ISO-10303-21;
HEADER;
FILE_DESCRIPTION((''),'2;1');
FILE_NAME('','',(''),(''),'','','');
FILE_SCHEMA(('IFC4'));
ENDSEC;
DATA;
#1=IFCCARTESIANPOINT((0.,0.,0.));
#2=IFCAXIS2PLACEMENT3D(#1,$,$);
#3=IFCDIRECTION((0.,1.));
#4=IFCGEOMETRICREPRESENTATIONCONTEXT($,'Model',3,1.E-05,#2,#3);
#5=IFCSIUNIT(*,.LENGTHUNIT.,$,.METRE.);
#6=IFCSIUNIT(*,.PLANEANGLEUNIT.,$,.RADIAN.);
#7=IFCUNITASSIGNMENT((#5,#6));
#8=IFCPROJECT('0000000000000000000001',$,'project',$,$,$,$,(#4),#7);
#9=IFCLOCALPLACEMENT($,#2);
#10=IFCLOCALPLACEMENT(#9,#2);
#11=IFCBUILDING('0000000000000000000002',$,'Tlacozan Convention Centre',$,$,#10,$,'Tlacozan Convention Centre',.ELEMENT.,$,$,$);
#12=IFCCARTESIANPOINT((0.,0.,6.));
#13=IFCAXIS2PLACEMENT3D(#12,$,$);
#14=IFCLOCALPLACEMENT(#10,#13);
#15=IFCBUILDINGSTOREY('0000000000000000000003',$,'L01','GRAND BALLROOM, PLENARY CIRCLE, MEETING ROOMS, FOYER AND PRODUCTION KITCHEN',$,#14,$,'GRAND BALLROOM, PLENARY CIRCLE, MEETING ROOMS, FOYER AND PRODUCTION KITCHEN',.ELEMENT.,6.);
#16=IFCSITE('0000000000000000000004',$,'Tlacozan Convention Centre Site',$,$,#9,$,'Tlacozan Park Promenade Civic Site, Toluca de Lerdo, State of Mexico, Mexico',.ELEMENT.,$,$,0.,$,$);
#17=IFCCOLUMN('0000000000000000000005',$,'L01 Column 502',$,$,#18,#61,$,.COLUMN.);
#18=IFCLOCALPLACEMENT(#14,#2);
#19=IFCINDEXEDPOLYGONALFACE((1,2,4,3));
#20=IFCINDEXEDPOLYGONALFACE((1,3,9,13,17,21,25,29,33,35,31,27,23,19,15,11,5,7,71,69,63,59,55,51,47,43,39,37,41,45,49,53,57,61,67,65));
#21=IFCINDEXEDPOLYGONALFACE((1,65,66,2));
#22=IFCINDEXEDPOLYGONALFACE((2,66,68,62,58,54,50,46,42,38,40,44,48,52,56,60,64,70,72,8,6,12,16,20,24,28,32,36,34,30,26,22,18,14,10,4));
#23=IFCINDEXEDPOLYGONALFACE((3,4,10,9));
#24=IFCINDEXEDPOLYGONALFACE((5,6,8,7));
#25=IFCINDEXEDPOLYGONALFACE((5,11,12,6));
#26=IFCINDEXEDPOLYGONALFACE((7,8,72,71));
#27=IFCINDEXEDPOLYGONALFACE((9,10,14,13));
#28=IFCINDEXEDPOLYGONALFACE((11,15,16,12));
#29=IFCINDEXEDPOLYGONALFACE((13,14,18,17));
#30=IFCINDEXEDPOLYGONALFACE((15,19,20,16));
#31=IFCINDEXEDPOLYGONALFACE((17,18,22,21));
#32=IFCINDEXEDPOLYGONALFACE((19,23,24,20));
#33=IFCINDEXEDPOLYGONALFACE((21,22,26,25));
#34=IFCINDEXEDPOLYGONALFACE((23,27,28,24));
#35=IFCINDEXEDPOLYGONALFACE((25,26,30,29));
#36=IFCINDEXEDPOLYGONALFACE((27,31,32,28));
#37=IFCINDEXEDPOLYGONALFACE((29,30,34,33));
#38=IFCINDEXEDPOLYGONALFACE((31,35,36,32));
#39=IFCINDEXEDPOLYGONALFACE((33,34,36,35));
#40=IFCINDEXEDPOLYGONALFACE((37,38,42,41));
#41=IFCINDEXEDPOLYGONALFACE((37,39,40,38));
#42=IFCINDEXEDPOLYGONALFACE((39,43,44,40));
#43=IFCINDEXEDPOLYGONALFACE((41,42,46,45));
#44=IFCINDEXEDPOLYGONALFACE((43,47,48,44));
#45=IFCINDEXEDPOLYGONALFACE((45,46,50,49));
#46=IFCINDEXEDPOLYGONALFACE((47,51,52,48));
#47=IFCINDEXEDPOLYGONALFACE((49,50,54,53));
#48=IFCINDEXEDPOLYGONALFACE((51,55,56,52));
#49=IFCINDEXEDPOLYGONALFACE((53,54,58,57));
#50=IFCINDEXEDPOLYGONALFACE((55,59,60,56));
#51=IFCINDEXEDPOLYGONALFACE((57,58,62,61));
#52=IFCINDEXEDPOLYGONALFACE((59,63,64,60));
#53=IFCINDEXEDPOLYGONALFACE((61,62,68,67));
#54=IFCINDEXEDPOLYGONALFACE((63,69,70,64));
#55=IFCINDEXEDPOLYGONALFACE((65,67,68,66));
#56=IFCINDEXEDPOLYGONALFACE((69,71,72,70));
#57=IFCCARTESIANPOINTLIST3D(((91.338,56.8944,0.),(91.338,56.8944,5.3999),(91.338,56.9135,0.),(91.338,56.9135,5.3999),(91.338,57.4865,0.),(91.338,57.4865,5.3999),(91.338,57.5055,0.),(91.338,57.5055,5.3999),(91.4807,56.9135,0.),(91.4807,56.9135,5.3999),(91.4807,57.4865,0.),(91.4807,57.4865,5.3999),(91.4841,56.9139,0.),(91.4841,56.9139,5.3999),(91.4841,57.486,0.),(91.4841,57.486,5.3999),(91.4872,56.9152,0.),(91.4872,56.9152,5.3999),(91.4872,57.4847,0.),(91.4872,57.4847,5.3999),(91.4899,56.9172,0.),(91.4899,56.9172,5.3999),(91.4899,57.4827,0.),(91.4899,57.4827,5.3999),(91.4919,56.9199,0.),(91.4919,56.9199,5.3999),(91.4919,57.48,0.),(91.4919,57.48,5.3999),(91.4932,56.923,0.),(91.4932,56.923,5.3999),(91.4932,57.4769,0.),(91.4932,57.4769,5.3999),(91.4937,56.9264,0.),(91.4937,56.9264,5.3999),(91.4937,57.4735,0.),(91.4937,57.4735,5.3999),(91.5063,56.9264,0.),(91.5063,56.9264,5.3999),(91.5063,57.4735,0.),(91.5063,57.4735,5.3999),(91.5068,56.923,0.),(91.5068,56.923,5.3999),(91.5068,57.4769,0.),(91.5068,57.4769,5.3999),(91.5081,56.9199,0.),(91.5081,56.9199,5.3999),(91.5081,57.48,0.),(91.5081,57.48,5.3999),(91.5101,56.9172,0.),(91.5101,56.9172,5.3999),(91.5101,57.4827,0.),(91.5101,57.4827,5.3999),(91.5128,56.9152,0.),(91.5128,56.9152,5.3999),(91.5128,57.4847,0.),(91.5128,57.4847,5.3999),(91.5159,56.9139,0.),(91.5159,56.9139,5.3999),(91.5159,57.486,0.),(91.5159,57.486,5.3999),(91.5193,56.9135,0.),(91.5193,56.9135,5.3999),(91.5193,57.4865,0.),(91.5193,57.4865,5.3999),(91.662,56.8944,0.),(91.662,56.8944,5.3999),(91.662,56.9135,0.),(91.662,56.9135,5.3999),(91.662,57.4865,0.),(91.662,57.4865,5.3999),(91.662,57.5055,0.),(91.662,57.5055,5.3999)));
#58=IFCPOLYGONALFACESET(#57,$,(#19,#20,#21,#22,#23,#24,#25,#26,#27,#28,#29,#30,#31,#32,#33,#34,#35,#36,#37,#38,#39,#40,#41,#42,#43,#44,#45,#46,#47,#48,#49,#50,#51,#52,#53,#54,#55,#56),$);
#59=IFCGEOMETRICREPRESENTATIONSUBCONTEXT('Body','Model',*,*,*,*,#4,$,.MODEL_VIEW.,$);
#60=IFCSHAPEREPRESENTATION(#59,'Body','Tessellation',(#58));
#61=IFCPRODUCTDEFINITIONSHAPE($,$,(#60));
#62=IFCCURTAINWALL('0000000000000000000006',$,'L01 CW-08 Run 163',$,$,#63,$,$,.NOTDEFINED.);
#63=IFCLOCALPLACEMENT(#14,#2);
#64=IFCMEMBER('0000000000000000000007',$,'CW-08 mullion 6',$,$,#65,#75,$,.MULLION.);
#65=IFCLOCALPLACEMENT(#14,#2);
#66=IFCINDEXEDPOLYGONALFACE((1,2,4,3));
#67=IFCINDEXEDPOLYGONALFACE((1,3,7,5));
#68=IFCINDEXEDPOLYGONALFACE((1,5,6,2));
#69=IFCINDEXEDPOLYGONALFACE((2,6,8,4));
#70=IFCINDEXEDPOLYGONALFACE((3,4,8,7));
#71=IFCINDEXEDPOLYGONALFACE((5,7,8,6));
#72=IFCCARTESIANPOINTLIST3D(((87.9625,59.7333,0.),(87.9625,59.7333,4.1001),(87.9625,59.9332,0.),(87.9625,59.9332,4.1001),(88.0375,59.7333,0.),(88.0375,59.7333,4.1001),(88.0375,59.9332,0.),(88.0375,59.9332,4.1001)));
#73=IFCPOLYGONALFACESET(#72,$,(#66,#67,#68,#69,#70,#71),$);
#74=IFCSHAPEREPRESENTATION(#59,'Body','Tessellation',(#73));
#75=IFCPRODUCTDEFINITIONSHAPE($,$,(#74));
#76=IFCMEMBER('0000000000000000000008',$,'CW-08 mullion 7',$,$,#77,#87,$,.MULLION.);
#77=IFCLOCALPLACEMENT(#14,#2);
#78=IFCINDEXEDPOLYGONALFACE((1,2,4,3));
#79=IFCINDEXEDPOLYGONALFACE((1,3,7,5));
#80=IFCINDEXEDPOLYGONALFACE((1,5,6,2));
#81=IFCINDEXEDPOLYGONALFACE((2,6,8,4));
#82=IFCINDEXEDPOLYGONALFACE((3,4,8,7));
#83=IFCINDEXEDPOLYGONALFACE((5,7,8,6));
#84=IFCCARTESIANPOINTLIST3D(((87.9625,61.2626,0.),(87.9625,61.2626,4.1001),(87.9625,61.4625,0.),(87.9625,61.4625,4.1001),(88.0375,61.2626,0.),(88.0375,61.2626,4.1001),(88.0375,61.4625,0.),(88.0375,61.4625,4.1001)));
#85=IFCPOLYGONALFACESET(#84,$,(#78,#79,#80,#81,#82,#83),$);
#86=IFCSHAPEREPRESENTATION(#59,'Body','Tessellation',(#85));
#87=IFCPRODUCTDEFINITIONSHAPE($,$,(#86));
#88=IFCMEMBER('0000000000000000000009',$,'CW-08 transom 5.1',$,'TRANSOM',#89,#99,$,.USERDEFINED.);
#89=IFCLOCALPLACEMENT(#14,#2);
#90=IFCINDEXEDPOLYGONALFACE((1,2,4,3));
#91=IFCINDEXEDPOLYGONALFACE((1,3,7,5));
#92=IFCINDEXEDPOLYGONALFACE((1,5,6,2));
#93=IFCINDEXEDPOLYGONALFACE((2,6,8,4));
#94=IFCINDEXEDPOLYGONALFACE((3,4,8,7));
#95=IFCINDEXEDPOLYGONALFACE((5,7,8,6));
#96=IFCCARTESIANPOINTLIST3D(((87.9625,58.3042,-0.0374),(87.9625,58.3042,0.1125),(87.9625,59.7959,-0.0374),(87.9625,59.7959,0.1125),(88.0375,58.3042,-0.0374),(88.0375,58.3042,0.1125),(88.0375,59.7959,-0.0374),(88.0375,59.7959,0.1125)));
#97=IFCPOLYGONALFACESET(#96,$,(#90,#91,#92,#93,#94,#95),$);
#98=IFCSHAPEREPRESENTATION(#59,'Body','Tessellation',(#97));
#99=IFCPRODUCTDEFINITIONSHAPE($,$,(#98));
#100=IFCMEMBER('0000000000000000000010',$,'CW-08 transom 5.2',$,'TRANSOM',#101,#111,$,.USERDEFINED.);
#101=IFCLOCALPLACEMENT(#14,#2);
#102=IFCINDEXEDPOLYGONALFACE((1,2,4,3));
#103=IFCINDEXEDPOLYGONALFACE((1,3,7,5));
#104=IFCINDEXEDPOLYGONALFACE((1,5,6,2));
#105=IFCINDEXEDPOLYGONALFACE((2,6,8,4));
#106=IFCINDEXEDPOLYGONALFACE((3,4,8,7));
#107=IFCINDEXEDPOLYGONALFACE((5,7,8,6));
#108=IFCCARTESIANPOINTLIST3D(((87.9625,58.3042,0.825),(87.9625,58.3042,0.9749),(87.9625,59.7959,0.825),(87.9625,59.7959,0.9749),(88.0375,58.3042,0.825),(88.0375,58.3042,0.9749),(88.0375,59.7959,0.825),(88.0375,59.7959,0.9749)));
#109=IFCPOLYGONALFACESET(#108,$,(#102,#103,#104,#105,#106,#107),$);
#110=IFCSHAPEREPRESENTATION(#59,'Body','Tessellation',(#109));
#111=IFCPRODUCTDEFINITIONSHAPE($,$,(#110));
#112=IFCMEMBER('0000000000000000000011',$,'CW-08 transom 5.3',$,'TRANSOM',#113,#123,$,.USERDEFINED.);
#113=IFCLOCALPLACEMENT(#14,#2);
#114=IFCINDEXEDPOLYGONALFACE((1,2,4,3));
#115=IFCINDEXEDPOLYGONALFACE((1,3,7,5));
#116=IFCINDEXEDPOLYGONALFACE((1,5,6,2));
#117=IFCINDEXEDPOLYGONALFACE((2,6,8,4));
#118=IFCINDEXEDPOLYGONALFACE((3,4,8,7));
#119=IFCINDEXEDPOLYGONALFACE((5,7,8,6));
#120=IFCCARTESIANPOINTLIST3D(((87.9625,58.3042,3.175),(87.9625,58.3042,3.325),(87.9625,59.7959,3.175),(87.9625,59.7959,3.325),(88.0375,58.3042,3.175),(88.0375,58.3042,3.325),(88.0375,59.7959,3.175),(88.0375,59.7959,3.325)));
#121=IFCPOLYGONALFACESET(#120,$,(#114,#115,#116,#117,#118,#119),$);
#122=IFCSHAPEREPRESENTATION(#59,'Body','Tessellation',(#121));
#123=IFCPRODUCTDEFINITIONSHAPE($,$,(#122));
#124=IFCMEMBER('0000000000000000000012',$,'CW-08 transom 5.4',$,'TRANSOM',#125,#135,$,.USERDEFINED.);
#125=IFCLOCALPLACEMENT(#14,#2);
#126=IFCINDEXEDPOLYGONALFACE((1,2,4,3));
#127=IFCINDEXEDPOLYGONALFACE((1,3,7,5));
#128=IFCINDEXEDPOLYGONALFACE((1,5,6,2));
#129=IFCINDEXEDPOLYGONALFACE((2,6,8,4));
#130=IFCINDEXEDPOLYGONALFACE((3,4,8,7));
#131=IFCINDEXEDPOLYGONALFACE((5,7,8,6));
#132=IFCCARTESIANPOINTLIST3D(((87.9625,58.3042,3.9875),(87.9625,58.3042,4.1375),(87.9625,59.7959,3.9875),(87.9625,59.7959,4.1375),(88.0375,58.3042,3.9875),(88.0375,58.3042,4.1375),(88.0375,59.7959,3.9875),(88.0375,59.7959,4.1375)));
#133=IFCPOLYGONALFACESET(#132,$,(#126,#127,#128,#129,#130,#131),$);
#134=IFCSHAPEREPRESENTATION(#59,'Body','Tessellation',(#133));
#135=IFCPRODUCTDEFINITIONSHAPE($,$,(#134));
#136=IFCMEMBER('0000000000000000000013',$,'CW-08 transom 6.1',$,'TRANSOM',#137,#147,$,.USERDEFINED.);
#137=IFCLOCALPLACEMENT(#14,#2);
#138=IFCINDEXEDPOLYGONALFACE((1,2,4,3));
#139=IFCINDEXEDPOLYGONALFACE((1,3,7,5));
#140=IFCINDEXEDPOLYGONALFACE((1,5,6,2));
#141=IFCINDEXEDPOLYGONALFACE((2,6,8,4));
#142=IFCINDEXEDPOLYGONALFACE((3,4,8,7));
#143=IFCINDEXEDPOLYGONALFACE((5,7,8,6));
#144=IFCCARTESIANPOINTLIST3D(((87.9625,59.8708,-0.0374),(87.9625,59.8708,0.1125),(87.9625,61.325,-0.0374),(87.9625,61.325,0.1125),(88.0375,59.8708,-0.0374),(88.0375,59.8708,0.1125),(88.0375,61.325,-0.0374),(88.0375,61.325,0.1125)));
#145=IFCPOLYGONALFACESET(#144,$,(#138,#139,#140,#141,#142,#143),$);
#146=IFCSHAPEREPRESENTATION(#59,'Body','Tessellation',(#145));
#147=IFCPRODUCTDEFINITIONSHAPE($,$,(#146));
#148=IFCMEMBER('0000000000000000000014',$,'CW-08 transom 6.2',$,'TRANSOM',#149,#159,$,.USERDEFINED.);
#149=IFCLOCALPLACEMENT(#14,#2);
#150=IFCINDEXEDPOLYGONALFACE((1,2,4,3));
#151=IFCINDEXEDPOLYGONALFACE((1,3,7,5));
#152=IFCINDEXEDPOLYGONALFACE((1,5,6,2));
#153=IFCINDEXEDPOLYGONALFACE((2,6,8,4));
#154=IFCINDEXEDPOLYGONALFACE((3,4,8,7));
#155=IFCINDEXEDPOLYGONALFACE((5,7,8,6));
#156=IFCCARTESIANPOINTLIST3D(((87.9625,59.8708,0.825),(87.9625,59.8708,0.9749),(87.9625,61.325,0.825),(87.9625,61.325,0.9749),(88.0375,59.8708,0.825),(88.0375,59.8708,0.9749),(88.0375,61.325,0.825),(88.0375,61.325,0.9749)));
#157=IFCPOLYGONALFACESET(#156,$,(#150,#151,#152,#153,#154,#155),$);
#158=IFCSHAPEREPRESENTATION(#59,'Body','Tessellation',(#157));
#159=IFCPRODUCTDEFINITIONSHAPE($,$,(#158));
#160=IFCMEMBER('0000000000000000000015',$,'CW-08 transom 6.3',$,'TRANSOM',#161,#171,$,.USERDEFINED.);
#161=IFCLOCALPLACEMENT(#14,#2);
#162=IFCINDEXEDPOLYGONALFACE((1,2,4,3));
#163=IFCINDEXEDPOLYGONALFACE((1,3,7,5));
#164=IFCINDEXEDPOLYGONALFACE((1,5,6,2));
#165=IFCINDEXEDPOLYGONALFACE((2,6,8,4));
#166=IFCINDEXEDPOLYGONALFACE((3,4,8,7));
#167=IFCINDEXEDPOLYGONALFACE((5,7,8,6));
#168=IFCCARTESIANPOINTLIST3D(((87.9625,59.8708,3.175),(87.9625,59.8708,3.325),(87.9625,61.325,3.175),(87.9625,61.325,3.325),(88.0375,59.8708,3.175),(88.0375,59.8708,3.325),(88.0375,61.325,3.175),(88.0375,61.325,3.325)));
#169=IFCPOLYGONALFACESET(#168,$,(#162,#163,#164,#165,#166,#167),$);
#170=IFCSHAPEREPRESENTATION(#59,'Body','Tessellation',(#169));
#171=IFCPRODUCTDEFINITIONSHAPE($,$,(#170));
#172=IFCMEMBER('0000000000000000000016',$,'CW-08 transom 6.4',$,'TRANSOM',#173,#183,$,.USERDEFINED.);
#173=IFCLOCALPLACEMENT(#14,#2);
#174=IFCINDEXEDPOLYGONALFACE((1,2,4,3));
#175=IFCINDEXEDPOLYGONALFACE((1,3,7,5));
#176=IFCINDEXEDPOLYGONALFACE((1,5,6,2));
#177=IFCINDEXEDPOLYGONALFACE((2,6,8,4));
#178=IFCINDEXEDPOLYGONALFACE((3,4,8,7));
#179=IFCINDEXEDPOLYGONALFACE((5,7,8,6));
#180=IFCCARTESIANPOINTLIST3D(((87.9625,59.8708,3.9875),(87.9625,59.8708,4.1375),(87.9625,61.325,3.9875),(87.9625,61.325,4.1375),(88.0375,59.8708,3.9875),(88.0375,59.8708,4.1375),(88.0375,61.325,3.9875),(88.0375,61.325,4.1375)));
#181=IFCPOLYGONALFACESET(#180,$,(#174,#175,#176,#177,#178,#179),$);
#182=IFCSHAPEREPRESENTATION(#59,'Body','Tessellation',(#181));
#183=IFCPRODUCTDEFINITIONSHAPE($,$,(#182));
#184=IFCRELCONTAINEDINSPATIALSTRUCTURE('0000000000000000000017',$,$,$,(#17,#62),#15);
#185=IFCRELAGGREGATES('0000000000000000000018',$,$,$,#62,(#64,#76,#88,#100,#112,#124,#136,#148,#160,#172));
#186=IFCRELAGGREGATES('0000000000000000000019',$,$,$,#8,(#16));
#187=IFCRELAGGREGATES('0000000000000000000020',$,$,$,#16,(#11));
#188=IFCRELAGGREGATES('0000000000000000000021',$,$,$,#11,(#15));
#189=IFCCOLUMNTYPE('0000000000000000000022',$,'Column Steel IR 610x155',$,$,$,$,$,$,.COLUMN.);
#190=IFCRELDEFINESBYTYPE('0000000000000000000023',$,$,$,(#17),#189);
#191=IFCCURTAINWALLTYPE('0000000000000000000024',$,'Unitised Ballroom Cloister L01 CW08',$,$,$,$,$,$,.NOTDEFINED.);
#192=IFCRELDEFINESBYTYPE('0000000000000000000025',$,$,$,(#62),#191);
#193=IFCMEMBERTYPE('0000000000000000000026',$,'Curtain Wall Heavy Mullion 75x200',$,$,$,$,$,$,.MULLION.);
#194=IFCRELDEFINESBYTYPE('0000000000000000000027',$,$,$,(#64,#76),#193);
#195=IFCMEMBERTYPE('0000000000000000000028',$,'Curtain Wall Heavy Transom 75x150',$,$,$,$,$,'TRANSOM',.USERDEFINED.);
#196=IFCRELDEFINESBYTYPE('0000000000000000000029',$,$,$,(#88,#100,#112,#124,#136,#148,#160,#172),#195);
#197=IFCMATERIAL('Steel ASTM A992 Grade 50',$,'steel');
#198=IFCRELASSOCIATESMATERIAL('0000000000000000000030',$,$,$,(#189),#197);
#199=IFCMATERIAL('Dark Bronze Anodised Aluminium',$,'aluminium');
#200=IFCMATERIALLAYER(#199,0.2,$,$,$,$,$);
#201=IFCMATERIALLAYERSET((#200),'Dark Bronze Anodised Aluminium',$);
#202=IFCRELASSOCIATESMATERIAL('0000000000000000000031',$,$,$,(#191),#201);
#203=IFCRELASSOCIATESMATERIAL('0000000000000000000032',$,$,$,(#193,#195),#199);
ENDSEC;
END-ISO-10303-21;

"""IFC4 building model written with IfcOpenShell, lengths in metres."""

from ifc_helpers import new_model, si_unit, direction, frame, origin, origin_2d, place, context, subcontext, project, spatial, rectangle, i_section, extrude, material, layer, layer_set, material_profile, profile_set, type_object, element, aggregate, save


model = new_model("IFC4")

# Units and contexts
model_context = context("Model", 3, precision=1e-05, world=origin(), true_north=direction((0.0, 1.0)))
body_context = subcontext(model_context, "Body", "Model", "MODEL_VIEW")
ifc_project = project(units=[si_unit("LENGTHUNIT", "METRE"), si_unit("PLANEANGLEUNIT", "RADIAN")], contexts=[model_context])

# Site, building, storey
site_placement = place(None, origin())
site = spatial("IfcSite", under=ifc_project, at=site_placement, Name="Tlacozan Convention Centre Site", LongName="Tlacozan Park Promenade Civic Site, Toluca de Lerdo, State of Mexico, Mexico", CompositionType="ELEMENT", RefElevation=0.0)
building_placement = place(site_placement, origin())
building = spatial("IfcBuilding", under=site, at=building_placement, Name="Tlacozan Convention Centre", LongName="Tlacozan Convention Centre", CompositionType="ELEMENT")
storey_placement = place(building_placement, frame((0.0, 0.0, 6.0)))
storey = spatial("IfcBuildingStorey", under=building, at=storey_placement, Name="L01", Description="GRAND BALLROOM, PLENARY CIRCLE, MEETING ROOMS, FOYER AND PRODUCTION KITCHEN", LongName="GRAND BALLROOM, PLENARY CIRCLE, MEETING ROOMS, FOYER AND PRODUCTION KITCHEN", CompositionType="ELEMENT", Elevation=6.0)

# Column
ifc_material_1 = material(Name="Steel ASTM A992 Grade 50", Category="steel")
ifc_material_profile_1 = material_profile(ifc_material_1, i_section(OverallWidth=0.324, OverallDepth=0.6111, WebThickness=0.0127, FlangeThickness=0.019, FilletRadius=0.0129, at=origin_2d()), Name="IR 610x155.0")
ifc_profile_set_1 = profile_set([ifc_material_profile_1], Name="Steel ASTM A992 Grade 50")
column_type = type_object("IfcColumnType", Name="Column Steel IR 610x155", PredefinedType="COLUMN", material=ifc_profile_set_1)
column_placement = place(storey_placement, frame((91.5, 57.2, 0.0), z_axis=(0.0, 0.0, 1.0), x_axis=(1.0, 0.0, 0.0)))
element("IfcColumn", 1, at=column_placement, inside=storey, type_object=column_type, Name="L01 Column 502", PredefinedType="COLUMN", context=body_context, shape_type="SweptSolid", body=[
    extrude(i_section(OverallWidth=0.324, OverallDepth=0.6111, WebThickness=0.0127, FlangeThickness=0.019, FilletRadius=0.0129, at=origin_2d()), origin(), (0.0, 0.0, 1.0), 5.3999),
])

# Curtain wall, members
ifc_material_2 = material(Name="Dark Bronze Anodised Aluminium", Category="aluminium")
ifc_layer_1 = layer(ifc_material_2, 0.2)
ifc_layer_set_1 = layer_set([ifc_layer_1], Name="Dark Bronze Anodised Aluminium")
curtain_wall_type = type_object("IfcCurtainWallType", Name="Unitised Ballroom Cloister L01 CW08", PredefinedType="NOTDEFINED", material=ifc_layer_set_1)
curtain_wall_placement = place(storey_placement, origin())
curtain_wall = element("IfcCurtainWall", 2, at=curtain_wall_placement, inside=storey, type_object=curtain_wall_type, Name="L01 CW-08 Run 163", PredefinedType="NOTDEFINED")
ifc_material_profile_2 = material_profile(ifc_material_2, rectangle(XDim=0.075, YDim=0.2, at=origin_2d()), Name="ALU 75x200")
ifc_profile_set_2 = profile_set([ifc_material_profile_2], Name="Dark Bronze Anodised Aluminium")
member_type_1 = type_object("IfcMemberType", Name="Curtain Wall Heavy Mullion 75x200", PredefinedType="MULLION", material=ifc_profile_set_2)
member_1_placement = place(storey_placement, frame((88.0, 59.8333, 0.0), z_axis=(0.0, 0.0, 1.0), x_axis=(-1.0, 0.0, 0.0)))
member_1 = element("IfcMember", 3, at=member_1_placement, type_object=member_type_1, Name="CW-08 mullion 6", PredefinedType="MULLION", context=body_context, shape_type="SweptSolid", body=[
    extrude(rectangle(XDim=0.075, YDim=0.2, at=origin_2d()), origin(), (0.0, 0.0, 1.0), 4.1001),
])
member_2_placement = place(storey_placement, frame((88.0, 61.3625, 0.0), z_axis=(0.0, 0.0, 1.0), x_axis=(-1.0, 0.0, 0.0)))
member_2 = element("IfcMember", 4, at=member_2_placement, type_object=member_type_1, Name="CW-08 mullion 7", PredefinedType="MULLION", context=body_context, shape_type="SweptSolid", body=[
    extrude(rectangle(XDim=0.075, YDim=0.2, at=origin_2d()), origin(), (0.0, 0.0, 1.0), 4.1001),
])
ifc_material_profile_3 = material_profile(ifc_material_2, rectangle(XDim=0.075, YDim=0.1499, at=origin_2d()), Name="ALU 75x150")
ifc_profile_set_3 = profile_set([ifc_material_profile_3], Name="Dark Bronze Anodised Aluminium")
member_type_2 = type_object("IfcMemberType", Name="Curtain Wall Heavy Transom 75x150", ElementType="TRANSOM", PredefinedType="USERDEFINED", material=ifc_profile_set_3)
member_3_placement = place(storey_placement, frame((88.0, 58.3042, 0.0376), z_axis=(0.0, 1.0, 0.0), x_axis=(-1.0, 0.0, 0.0)))
member_3 = element("IfcMember", 5, at=member_3_placement, type_object=member_type_2, Name="CW-08 transom 5.1", ObjectType="TRANSOM", PredefinedType="USERDEFINED", context=body_context, shape_type="SweptSolid", body=[
    extrude(rectangle(XDim=0.075, YDim=0.1499, at=origin_2d()), origin(), (0.0, 0.0, 1.0), 1.4917),
])
member_4_placement = place(storey_placement, frame((88.0, 58.3042, 0.8999), z_axis=(0.0, 1.0, 0.0), x_axis=(-1.0, 0.0, 0.0)))
member_4 = element("IfcMember", 6, at=member_4_placement, type_object=member_type_2, Name="CW-08 transom 5.2", ObjectType="TRANSOM", PredefinedType="USERDEFINED", context=body_context, shape_type="SweptSolid", body=[
    extrude(rectangle(XDim=0.075, YDim=0.1499, at=origin_2d()), origin(), (0.0, 0.0, 1.0), 1.4917),
])
member_5_placement = place(storey_placement, frame((88.0, 58.3042, 3.25), z_axis=(0.0, 1.0, 0.0), x_axis=(-1.0, 0.0, 0.0)))
member_5 = element("IfcMember", 7, at=member_5_placement, type_object=member_type_2, Name="CW-08 transom 5.3", ObjectType="TRANSOM", PredefinedType="USERDEFINED", context=body_context, shape_type="SweptSolid", body=[
    extrude(rectangle(XDim=0.075, YDim=0.1499, at=origin_2d()), origin(), (0.0, 0.0, 1.0), 1.4917),
])
member_6_placement = place(storey_placement, frame((88.0, 58.3042, 4.0625), z_axis=(0.0, 1.0, 0.0), x_axis=(-1.0, 0.0, 0.0)))
member_6 = element("IfcMember", 8, at=member_6_placement, type_object=member_type_2, Name="CW-08 transom 5.4", ObjectType="TRANSOM", PredefinedType="USERDEFINED", context=body_context, shape_type="SweptSolid", body=[
    extrude(rectangle(XDim=0.075, YDim=0.1499, at=origin_2d()), origin(), (0.0, 0.0, 1.0), 1.4917),
])
member_7_placement = place(storey_placement, frame((88.0, 59.8708, 0.0376), z_axis=(0.0, 1.0, 0.0), x_axis=(-1.0, 0.0, 0.0)))
member_7 = element("IfcMember", 9, at=member_7_placement, type_object=member_type_2, Name="CW-08 transom 6.1", ObjectType="TRANSOM", PredefinedType="USERDEFINED", context=body_context, shape_type="SweptSolid", body=[
    extrude(rectangle(XDim=0.075, YDim=0.1499, at=origin_2d()), origin(), (0.0, 0.0, 1.0), 1.4541),
])
member_8_placement = place(storey_placement, frame((88.0, 59.8708, 0.8999), z_axis=(0.0, 1.0, 0.0), x_axis=(-1.0, 0.0, 0.0)))
member_8 = element("IfcMember", 10, at=member_8_placement, type_object=member_type_2, Name="CW-08 transom 6.2", ObjectType="TRANSOM", PredefinedType="USERDEFINED", context=body_context, shape_type="SweptSolid", body=[
    extrude(rectangle(XDim=0.075, YDim=0.1499, at=origin_2d()), origin(), (0.0, 0.0, 1.0), 1.4541),
])
member_9_placement = place(storey_placement, frame((88.0, 59.8708, 3.25), z_axis=(0.0, 1.0, 0.0), x_axis=(-1.0, 0.0, 0.0)))
member_9 = element("IfcMember", 11, at=member_9_placement, type_object=member_type_2, Name="CW-08 transom 6.3", ObjectType="TRANSOM", PredefinedType="USERDEFINED", context=body_context, shape_type="SweptSolid", body=[
    extrude(rectangle(XDim=0.075, YDim=0.1499, at=origin_2d()), origin(), (0.0, 0.0, 1.0), 1.4541),
])
member_10_placement = place(storey_placement, frame((88.0, 59.8708, 4.0625), z_axis=(0.0, 1.0, 0.0), x_axis=(-1.0, 0.0, 0.0)))
member_10 = element("IfcMember", 12, at=member_10_placement, type_object=member_type_2, Name="CW-08 transom 6.4", ObjectType="TRANSOM", PredefinedType="USERDEFINED", context=body_context, shape_type="SweptSolid", body=[
    extrude(rectangle(XDim=0.075, YDim=0.1499, at=origin_2d()), origin(), (0.0, 0.0, 1.0), 1.4541),
])

aggregate(curtain_wall, [member_1, member_2, member_3, member_4, member_5, member_6, member_7, member_8, member_9, member_10])

save(model, "model.ifc")
